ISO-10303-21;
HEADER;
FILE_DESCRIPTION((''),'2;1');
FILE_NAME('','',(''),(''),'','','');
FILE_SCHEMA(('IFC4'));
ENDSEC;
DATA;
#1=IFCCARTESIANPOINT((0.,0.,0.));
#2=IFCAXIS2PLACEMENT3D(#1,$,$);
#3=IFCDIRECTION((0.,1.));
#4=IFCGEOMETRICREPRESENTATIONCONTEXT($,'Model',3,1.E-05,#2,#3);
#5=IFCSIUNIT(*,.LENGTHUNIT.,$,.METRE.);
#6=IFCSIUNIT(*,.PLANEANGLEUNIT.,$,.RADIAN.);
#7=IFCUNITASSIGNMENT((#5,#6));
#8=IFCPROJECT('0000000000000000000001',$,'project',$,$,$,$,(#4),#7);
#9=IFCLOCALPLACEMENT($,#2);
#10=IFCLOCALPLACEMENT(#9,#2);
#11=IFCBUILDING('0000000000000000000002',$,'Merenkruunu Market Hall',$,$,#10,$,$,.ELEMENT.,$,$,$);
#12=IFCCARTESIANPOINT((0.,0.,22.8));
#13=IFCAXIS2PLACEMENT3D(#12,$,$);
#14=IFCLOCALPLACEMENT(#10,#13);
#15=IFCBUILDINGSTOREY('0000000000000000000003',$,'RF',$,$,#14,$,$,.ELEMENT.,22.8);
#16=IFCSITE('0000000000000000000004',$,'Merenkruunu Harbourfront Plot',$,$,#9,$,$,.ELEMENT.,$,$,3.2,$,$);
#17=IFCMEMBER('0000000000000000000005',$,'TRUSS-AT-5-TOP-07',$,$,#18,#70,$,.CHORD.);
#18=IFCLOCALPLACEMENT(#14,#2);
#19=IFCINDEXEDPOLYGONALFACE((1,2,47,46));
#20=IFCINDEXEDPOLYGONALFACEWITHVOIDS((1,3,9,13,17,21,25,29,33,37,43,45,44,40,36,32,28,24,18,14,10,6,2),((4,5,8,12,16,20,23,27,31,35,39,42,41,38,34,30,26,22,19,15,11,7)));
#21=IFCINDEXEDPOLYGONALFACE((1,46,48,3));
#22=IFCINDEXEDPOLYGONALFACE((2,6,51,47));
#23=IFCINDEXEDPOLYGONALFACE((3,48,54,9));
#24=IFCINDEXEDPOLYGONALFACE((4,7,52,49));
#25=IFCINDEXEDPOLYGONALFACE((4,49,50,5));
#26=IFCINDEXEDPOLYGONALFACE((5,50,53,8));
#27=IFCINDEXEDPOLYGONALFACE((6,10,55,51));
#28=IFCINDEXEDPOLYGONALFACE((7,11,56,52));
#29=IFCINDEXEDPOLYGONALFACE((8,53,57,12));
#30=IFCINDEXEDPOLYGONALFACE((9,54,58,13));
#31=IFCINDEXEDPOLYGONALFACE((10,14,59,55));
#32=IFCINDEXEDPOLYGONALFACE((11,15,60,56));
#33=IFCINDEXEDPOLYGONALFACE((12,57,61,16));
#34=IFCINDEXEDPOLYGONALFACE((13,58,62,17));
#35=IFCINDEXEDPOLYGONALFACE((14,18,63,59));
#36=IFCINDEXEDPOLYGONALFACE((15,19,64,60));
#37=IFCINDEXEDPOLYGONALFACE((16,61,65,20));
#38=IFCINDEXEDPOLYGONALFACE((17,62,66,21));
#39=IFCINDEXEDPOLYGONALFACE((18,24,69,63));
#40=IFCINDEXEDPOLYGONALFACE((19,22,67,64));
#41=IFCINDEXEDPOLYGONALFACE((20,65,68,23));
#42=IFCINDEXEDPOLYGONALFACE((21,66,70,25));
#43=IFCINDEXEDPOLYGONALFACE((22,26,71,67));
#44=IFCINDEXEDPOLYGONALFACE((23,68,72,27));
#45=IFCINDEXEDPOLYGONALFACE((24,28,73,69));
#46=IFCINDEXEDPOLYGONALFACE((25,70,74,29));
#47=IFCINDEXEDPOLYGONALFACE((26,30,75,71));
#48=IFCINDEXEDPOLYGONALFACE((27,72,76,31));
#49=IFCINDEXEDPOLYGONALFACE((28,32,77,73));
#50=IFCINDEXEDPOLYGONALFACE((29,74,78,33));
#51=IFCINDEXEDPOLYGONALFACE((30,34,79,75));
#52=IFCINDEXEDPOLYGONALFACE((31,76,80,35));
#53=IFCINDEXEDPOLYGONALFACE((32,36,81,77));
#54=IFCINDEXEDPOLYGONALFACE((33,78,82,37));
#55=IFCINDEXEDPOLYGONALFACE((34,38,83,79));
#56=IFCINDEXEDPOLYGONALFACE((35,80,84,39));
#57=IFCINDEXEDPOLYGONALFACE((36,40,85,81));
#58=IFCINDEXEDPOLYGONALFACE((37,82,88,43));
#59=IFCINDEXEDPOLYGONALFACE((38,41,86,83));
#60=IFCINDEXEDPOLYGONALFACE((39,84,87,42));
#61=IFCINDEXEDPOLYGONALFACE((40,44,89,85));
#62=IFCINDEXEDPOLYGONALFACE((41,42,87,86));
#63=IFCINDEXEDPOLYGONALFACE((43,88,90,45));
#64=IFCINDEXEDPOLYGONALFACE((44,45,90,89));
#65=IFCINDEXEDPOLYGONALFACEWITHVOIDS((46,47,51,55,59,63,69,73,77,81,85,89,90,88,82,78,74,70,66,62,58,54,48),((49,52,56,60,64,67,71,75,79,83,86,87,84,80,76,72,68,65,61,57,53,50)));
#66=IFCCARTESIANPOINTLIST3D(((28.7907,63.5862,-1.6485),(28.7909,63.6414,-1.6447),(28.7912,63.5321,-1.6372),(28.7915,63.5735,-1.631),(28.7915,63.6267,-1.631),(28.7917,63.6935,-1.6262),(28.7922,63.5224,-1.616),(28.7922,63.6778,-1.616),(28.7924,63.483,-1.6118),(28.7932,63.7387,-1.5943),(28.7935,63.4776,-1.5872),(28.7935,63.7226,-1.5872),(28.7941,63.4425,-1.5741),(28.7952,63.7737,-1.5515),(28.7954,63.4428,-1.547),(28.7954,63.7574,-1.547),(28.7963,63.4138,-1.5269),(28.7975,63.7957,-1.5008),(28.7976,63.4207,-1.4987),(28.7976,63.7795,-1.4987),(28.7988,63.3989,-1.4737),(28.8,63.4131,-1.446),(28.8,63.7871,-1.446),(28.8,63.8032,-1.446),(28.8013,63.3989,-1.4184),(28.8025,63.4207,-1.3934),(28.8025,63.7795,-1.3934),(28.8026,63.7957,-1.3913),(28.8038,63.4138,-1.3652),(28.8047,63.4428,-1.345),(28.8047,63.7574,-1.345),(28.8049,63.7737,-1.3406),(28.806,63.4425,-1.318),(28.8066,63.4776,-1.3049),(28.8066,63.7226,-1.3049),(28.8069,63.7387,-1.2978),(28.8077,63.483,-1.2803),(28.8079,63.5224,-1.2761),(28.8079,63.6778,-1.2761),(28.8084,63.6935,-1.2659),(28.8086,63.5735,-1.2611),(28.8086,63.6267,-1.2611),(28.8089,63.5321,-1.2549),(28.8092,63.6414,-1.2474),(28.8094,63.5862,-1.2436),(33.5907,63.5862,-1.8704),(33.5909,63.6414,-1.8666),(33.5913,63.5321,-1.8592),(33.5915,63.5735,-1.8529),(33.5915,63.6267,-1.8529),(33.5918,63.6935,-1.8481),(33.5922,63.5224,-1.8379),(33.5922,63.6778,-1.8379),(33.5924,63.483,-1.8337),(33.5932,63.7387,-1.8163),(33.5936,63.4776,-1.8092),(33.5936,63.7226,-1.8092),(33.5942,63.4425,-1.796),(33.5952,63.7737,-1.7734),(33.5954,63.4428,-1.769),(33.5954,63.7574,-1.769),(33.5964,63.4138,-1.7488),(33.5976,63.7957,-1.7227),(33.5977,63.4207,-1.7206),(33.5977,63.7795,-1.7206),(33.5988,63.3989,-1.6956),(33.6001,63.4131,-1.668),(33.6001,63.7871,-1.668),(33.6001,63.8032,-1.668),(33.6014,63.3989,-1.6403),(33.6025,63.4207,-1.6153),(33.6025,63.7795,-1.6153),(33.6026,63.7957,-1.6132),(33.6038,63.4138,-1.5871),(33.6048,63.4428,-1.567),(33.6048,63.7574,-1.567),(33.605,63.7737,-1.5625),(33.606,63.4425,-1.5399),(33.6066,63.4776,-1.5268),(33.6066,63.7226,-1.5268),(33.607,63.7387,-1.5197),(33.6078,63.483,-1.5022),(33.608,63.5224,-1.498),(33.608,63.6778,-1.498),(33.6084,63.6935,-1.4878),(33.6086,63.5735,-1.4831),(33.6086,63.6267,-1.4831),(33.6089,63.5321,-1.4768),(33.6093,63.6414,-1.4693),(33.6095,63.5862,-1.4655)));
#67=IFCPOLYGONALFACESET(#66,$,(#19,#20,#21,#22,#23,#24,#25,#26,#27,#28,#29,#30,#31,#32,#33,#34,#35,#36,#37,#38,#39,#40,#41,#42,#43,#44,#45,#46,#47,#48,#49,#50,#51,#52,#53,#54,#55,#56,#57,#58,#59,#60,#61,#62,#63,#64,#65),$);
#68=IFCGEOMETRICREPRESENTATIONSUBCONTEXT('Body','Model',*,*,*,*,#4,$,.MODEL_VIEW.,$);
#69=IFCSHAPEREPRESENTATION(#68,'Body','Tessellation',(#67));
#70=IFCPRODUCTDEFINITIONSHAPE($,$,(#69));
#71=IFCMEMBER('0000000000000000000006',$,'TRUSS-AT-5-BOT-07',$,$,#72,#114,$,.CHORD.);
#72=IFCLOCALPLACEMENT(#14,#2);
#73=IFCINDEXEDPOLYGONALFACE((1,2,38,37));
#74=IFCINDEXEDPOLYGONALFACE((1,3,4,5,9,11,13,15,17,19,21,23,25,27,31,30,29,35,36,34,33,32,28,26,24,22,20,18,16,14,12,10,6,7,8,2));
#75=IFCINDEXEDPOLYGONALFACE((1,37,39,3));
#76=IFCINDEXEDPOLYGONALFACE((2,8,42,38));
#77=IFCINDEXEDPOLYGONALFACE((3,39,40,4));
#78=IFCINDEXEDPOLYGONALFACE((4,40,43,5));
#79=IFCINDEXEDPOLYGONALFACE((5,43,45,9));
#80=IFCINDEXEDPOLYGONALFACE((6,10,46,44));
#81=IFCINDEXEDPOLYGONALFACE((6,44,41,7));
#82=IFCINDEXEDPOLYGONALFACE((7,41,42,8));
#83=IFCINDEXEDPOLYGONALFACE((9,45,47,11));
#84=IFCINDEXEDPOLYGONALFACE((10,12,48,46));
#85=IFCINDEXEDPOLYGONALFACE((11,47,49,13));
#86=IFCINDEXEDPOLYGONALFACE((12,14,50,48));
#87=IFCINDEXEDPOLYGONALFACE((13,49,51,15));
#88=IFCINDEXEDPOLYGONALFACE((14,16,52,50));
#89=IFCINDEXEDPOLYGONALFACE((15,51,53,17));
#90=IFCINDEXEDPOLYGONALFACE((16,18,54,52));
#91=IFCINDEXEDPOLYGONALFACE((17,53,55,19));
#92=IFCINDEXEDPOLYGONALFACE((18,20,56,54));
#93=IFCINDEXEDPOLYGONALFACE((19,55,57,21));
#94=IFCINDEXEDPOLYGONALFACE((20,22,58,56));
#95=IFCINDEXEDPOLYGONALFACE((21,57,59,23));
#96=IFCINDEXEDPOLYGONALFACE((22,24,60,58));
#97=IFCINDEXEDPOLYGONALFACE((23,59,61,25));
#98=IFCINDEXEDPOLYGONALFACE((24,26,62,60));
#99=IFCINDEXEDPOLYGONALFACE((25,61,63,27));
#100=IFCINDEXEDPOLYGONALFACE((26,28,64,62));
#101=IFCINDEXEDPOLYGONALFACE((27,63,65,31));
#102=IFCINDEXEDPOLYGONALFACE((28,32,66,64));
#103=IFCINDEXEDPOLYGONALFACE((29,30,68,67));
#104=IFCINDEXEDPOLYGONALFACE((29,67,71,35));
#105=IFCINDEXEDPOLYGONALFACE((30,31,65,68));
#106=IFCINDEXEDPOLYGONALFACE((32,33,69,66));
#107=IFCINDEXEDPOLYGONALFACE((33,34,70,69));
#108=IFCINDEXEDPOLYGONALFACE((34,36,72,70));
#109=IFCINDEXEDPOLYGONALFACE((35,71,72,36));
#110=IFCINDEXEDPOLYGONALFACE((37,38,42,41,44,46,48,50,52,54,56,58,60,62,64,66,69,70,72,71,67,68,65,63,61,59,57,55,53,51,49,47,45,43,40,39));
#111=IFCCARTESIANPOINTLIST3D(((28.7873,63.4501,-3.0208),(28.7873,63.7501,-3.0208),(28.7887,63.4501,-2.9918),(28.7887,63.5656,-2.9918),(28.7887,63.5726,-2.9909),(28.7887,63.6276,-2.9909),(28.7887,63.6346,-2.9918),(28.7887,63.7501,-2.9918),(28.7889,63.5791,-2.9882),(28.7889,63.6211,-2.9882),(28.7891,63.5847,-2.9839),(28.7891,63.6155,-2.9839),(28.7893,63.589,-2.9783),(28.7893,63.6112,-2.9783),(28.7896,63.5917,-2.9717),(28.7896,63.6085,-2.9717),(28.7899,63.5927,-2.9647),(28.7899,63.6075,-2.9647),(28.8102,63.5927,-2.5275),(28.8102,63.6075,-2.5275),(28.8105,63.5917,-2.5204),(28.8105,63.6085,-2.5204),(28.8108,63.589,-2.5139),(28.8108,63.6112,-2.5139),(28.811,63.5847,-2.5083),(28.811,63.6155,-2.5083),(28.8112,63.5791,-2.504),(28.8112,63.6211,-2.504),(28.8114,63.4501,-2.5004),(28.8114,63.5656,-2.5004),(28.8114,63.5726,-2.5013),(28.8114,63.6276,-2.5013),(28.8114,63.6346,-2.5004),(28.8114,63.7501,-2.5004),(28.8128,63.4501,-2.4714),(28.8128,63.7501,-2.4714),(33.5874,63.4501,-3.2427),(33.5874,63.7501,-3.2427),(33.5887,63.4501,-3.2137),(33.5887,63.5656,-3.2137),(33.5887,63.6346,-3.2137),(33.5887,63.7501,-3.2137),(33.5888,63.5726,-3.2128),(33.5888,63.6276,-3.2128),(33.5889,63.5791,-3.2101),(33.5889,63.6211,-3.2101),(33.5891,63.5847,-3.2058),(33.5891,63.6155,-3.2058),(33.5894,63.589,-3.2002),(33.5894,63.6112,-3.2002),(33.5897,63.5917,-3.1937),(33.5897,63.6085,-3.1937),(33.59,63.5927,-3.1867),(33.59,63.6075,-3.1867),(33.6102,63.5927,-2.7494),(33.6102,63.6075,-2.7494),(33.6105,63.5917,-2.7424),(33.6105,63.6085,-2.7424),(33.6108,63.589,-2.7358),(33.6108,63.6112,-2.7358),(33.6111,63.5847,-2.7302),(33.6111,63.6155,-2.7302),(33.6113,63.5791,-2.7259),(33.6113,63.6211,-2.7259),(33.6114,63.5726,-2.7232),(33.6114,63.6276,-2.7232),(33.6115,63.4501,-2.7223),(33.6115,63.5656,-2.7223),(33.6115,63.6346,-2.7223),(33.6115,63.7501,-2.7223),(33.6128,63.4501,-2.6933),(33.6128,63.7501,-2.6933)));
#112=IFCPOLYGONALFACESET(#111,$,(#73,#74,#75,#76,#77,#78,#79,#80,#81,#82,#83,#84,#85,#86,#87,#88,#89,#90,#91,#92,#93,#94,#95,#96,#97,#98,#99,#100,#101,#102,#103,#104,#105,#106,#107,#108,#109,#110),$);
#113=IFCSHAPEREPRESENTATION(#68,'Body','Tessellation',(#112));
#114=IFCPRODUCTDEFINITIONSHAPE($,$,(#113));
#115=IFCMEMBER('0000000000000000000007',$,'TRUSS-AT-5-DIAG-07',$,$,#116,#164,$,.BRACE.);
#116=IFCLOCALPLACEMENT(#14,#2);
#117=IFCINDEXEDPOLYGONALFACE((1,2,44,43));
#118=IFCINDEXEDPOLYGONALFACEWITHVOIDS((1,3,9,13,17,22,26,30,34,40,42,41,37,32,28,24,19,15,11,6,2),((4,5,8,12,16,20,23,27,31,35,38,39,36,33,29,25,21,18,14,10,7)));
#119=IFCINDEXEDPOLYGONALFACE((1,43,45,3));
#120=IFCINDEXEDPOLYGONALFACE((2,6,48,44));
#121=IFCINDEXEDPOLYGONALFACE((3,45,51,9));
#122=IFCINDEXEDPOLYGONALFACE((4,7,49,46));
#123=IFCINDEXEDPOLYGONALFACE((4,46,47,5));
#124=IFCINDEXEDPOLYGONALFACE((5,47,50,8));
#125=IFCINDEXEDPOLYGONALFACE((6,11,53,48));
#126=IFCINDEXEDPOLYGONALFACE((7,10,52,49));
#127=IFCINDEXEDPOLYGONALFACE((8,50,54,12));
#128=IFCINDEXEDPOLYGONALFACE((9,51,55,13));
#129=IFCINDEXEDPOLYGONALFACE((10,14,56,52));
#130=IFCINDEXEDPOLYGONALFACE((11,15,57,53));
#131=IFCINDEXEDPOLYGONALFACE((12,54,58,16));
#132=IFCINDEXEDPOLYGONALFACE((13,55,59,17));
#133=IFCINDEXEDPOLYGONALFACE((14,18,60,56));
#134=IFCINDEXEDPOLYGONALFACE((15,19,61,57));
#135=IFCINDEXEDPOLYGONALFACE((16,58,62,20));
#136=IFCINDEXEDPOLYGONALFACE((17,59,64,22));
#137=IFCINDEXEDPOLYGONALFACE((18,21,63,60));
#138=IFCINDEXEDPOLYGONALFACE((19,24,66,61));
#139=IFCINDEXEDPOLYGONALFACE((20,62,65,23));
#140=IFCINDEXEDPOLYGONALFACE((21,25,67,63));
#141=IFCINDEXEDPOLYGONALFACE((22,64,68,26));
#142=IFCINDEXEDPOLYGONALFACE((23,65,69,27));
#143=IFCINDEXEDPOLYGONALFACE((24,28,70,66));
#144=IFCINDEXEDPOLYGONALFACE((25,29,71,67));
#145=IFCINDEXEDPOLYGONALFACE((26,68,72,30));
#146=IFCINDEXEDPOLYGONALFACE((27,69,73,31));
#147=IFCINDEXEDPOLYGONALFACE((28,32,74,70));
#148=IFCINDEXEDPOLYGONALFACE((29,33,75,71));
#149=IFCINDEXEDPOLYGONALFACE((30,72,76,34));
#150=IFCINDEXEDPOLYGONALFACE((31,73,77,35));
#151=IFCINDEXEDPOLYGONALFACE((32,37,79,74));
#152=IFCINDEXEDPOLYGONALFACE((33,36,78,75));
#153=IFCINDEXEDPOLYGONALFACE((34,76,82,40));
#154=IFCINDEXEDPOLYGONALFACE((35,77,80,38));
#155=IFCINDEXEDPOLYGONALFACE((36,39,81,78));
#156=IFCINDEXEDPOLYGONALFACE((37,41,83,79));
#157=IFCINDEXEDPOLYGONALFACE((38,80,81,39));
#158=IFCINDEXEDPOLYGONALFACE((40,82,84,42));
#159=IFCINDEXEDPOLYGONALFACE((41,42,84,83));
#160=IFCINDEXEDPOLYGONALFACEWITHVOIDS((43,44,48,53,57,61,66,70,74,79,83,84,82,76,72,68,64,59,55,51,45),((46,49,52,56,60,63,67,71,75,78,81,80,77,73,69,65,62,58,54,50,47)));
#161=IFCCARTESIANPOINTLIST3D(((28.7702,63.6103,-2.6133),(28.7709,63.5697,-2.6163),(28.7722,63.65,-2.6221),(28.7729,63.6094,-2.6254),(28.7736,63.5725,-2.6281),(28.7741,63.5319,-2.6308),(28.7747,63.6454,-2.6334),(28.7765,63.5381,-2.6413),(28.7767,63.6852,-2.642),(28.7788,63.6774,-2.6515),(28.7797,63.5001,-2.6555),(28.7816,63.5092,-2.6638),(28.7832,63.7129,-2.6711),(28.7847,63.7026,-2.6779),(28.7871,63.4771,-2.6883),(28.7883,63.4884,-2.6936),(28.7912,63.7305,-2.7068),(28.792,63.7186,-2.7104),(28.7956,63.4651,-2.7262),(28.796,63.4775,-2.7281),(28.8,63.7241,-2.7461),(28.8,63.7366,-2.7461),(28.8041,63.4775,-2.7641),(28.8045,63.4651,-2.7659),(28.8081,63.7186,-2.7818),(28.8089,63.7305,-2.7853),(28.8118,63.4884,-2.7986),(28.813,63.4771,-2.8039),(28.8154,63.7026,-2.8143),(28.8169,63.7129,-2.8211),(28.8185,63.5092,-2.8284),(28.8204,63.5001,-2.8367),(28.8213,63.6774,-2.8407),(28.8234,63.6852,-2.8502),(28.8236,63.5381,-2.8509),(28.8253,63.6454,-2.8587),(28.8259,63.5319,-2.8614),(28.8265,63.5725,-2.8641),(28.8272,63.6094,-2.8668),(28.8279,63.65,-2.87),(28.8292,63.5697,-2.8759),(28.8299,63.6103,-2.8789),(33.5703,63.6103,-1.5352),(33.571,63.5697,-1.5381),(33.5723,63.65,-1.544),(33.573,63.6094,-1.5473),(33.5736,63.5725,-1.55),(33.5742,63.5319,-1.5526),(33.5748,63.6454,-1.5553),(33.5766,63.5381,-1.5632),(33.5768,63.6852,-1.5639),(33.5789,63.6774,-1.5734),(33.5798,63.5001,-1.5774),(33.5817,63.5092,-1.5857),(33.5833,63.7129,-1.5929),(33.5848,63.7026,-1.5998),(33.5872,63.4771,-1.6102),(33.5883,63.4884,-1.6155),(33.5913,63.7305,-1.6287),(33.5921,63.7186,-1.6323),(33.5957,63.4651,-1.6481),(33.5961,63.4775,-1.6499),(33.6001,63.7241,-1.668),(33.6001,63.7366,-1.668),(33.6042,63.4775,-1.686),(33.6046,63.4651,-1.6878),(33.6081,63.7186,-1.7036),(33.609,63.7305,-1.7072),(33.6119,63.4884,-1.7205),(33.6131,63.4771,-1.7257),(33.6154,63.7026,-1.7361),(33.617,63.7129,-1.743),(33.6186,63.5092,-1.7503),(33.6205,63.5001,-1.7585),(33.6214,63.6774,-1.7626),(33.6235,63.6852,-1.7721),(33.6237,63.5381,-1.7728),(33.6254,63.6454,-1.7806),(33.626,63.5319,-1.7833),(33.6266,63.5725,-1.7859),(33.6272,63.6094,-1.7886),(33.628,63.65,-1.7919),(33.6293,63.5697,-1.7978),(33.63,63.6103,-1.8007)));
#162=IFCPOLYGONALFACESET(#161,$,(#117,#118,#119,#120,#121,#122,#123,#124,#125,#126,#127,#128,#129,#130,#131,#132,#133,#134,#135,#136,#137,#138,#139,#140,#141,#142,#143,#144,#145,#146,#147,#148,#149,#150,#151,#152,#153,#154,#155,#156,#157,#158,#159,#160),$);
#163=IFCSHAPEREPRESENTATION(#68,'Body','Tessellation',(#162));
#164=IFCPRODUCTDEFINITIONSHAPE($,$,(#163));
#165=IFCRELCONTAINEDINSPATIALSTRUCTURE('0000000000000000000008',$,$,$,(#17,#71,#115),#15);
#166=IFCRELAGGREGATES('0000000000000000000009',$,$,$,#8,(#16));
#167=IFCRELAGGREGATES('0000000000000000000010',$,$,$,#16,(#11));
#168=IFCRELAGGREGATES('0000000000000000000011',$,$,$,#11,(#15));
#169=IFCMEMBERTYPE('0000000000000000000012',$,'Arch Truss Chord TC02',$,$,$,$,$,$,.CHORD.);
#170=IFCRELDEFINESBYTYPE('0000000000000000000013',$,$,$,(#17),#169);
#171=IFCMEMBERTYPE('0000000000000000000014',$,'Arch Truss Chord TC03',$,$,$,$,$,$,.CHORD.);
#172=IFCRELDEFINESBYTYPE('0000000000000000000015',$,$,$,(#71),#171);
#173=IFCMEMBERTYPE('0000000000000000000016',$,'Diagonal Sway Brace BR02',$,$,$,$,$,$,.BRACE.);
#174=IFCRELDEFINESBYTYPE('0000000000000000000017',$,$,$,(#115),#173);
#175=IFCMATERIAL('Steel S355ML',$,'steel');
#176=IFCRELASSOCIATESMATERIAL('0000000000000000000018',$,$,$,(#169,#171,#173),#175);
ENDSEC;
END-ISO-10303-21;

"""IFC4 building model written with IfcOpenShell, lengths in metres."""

from ifc_helpers import new_model, si_unit, direction, frame, origin, origin_2d, place, context, subcontext, project, spatial, hollow_circle, i_section, extrude, material, material_profile, profile_set, type_object, element, save


model = new_model("IFC4")

# Units and contexts
model_context = context("Model", 3, precision=1e-05, world=origin(), true_north=direction((0.0, 1.0)))
body_context = subcontext(model_context, "Body", "Model", "MODEL_VIEW")
ifc_project = project(units=[si_unit("LENGTHUNIT", "METRE"), si_unit("PLANEANGLEUNIT", "RADIAN")], contexts=[model_context])

# Site, building, storey
site_placement = place(None, origin())
site = spatial("IfcSite", under=ifc_project, at=site_placement, Name="Merenkruunu Harbourfront Plot", CompositionType="ELEMENT", RefElevation=3.2)
building_placement = place(site_placement, origin())
building = spatial("IfcBuilding", under=site, at=building_placement, Name="Merenkruunu Market Hall", CompositionType="ELEMENT")
storey_placement = place(building_placement, frame((0.0, 0.0, 22.8)))
storey = spatial("IfcBuildingStorey", under=building, at=storey_placement, Name="RF", CompositionType="ELEMENT", Elevation=22.8)

# Members
ifc_material_1 = material(Name="Steel S355ML", Category="steel")
ifc_material_profile_1 = material_profile(ifc_material_1, hollow_circle(Radius=0.2031, WallThickness=0.0161, at=origin_2d()), Name="CHS 406.4x16")
ifc_profile_set_1 = profile_set([ifc_material_profile_1], Name="Steel S355ML")
member_type_1 = type_object("IfcMemberType", Name="Arch Truss Chord TC02", PredefinedType="CHORD", material=ifc_profile_set_1)
member_1_placement = place(storey_placement, frame((28.8, 63.6001, -1.446), z_axis=(0.998933, 0.0, -0.046184), x_axis=(0.0, 1.0, 0.0)))
element("IfcMember", 1, at=member_1_placement, inside=storey, type_object=member_type_1, Name="TRUSS-AT-5-TOP-07", PredefinedType="CHORD", context=body_context, shape_type="SweptSolid", body=[
    extrude(hollow_circle(Radius=0.2031, WallThickness=0.0161, at=origin_2d()), origin(), (0.0, 0.0, 1.0), 4.8052),
])
ifc_material_profile_2 = material_profile(ifc_material_1, i_section(OverallWidth=0.3, OverallDepth=0.55, WebThickness=0.0149, FlangeThickness=0.0291, FilletRadius=0.0271, at=origin_2d()), Name="HEB 550")
ifc_profile_set_2 = profile_set([ifc_material_profile_2], Name="Steel S355ML")
member_type_2 = type_object("IfcMemberType", Name="Arch Truss Chord TC03", PredefinedType="CHORD", material=ifc_profile_set_2)
member_2_placement = place(storey_placement, frame((28.8, 63.6001, -2.7461), z_axis=(0.998933, 0.0, -0.046184), x_axis=(0.0, 1.0, 0.0)))
element("IfcMember", 2, at=member_2_placement, inside=storey, type_object=member_type_2, Name="TRUSS-AT-5-BOT-07", PredefinedType="CHORD", context=body_context, shape_type="SweptSolid", body=[
    extrude(i_section(OverallWidth=0.3, OverallDepth=0.55, WebThickness=0.0149, FlangeThickness=0.0291, FilletRadius=0.0271, at=origin_2d()), origin(), (0.0, 0.0, 1.0), 4.8052),
])
ifc_material_profile_3 = material_profile(ifc_material_1, hollow_circle(Radius=0.1365, WallThickness=0.0125, at=origin_2d()), Name="CHS 273x12.5")
ifc_profile_set_3 = profile_set([ifc_material_profile_3], Name="Steel S355ML")
member_type_3 = type_object("IfcMemberType", Name="Diagonal Sway Brace BR02", PredefinedType="BRACE", material=ifc_profile_set_3)
member_3_placement = place(storey_placement, frame((28.8, 63.6001, -2.7461), z_axis=(0.975692, 0.0, 0.219147), x_axis=(0.0, 1.0, 0.0)))
element("IfcMember", 3, at=member_3_placement, inside=storey, type_object=member_type_3, Name="TRUSS-AT-5-DIAG-07", PredefinedType="BRACE", context=body_context, shape_type="SweptSolid", body=[
    extrude(hollow_circle(Radius=0.1365, WallThickness=0.0125, at=origin_2d()), origin(), (0.0, 0.0, 1.0), 4.9197),
])

save(model, "model.ifc")
